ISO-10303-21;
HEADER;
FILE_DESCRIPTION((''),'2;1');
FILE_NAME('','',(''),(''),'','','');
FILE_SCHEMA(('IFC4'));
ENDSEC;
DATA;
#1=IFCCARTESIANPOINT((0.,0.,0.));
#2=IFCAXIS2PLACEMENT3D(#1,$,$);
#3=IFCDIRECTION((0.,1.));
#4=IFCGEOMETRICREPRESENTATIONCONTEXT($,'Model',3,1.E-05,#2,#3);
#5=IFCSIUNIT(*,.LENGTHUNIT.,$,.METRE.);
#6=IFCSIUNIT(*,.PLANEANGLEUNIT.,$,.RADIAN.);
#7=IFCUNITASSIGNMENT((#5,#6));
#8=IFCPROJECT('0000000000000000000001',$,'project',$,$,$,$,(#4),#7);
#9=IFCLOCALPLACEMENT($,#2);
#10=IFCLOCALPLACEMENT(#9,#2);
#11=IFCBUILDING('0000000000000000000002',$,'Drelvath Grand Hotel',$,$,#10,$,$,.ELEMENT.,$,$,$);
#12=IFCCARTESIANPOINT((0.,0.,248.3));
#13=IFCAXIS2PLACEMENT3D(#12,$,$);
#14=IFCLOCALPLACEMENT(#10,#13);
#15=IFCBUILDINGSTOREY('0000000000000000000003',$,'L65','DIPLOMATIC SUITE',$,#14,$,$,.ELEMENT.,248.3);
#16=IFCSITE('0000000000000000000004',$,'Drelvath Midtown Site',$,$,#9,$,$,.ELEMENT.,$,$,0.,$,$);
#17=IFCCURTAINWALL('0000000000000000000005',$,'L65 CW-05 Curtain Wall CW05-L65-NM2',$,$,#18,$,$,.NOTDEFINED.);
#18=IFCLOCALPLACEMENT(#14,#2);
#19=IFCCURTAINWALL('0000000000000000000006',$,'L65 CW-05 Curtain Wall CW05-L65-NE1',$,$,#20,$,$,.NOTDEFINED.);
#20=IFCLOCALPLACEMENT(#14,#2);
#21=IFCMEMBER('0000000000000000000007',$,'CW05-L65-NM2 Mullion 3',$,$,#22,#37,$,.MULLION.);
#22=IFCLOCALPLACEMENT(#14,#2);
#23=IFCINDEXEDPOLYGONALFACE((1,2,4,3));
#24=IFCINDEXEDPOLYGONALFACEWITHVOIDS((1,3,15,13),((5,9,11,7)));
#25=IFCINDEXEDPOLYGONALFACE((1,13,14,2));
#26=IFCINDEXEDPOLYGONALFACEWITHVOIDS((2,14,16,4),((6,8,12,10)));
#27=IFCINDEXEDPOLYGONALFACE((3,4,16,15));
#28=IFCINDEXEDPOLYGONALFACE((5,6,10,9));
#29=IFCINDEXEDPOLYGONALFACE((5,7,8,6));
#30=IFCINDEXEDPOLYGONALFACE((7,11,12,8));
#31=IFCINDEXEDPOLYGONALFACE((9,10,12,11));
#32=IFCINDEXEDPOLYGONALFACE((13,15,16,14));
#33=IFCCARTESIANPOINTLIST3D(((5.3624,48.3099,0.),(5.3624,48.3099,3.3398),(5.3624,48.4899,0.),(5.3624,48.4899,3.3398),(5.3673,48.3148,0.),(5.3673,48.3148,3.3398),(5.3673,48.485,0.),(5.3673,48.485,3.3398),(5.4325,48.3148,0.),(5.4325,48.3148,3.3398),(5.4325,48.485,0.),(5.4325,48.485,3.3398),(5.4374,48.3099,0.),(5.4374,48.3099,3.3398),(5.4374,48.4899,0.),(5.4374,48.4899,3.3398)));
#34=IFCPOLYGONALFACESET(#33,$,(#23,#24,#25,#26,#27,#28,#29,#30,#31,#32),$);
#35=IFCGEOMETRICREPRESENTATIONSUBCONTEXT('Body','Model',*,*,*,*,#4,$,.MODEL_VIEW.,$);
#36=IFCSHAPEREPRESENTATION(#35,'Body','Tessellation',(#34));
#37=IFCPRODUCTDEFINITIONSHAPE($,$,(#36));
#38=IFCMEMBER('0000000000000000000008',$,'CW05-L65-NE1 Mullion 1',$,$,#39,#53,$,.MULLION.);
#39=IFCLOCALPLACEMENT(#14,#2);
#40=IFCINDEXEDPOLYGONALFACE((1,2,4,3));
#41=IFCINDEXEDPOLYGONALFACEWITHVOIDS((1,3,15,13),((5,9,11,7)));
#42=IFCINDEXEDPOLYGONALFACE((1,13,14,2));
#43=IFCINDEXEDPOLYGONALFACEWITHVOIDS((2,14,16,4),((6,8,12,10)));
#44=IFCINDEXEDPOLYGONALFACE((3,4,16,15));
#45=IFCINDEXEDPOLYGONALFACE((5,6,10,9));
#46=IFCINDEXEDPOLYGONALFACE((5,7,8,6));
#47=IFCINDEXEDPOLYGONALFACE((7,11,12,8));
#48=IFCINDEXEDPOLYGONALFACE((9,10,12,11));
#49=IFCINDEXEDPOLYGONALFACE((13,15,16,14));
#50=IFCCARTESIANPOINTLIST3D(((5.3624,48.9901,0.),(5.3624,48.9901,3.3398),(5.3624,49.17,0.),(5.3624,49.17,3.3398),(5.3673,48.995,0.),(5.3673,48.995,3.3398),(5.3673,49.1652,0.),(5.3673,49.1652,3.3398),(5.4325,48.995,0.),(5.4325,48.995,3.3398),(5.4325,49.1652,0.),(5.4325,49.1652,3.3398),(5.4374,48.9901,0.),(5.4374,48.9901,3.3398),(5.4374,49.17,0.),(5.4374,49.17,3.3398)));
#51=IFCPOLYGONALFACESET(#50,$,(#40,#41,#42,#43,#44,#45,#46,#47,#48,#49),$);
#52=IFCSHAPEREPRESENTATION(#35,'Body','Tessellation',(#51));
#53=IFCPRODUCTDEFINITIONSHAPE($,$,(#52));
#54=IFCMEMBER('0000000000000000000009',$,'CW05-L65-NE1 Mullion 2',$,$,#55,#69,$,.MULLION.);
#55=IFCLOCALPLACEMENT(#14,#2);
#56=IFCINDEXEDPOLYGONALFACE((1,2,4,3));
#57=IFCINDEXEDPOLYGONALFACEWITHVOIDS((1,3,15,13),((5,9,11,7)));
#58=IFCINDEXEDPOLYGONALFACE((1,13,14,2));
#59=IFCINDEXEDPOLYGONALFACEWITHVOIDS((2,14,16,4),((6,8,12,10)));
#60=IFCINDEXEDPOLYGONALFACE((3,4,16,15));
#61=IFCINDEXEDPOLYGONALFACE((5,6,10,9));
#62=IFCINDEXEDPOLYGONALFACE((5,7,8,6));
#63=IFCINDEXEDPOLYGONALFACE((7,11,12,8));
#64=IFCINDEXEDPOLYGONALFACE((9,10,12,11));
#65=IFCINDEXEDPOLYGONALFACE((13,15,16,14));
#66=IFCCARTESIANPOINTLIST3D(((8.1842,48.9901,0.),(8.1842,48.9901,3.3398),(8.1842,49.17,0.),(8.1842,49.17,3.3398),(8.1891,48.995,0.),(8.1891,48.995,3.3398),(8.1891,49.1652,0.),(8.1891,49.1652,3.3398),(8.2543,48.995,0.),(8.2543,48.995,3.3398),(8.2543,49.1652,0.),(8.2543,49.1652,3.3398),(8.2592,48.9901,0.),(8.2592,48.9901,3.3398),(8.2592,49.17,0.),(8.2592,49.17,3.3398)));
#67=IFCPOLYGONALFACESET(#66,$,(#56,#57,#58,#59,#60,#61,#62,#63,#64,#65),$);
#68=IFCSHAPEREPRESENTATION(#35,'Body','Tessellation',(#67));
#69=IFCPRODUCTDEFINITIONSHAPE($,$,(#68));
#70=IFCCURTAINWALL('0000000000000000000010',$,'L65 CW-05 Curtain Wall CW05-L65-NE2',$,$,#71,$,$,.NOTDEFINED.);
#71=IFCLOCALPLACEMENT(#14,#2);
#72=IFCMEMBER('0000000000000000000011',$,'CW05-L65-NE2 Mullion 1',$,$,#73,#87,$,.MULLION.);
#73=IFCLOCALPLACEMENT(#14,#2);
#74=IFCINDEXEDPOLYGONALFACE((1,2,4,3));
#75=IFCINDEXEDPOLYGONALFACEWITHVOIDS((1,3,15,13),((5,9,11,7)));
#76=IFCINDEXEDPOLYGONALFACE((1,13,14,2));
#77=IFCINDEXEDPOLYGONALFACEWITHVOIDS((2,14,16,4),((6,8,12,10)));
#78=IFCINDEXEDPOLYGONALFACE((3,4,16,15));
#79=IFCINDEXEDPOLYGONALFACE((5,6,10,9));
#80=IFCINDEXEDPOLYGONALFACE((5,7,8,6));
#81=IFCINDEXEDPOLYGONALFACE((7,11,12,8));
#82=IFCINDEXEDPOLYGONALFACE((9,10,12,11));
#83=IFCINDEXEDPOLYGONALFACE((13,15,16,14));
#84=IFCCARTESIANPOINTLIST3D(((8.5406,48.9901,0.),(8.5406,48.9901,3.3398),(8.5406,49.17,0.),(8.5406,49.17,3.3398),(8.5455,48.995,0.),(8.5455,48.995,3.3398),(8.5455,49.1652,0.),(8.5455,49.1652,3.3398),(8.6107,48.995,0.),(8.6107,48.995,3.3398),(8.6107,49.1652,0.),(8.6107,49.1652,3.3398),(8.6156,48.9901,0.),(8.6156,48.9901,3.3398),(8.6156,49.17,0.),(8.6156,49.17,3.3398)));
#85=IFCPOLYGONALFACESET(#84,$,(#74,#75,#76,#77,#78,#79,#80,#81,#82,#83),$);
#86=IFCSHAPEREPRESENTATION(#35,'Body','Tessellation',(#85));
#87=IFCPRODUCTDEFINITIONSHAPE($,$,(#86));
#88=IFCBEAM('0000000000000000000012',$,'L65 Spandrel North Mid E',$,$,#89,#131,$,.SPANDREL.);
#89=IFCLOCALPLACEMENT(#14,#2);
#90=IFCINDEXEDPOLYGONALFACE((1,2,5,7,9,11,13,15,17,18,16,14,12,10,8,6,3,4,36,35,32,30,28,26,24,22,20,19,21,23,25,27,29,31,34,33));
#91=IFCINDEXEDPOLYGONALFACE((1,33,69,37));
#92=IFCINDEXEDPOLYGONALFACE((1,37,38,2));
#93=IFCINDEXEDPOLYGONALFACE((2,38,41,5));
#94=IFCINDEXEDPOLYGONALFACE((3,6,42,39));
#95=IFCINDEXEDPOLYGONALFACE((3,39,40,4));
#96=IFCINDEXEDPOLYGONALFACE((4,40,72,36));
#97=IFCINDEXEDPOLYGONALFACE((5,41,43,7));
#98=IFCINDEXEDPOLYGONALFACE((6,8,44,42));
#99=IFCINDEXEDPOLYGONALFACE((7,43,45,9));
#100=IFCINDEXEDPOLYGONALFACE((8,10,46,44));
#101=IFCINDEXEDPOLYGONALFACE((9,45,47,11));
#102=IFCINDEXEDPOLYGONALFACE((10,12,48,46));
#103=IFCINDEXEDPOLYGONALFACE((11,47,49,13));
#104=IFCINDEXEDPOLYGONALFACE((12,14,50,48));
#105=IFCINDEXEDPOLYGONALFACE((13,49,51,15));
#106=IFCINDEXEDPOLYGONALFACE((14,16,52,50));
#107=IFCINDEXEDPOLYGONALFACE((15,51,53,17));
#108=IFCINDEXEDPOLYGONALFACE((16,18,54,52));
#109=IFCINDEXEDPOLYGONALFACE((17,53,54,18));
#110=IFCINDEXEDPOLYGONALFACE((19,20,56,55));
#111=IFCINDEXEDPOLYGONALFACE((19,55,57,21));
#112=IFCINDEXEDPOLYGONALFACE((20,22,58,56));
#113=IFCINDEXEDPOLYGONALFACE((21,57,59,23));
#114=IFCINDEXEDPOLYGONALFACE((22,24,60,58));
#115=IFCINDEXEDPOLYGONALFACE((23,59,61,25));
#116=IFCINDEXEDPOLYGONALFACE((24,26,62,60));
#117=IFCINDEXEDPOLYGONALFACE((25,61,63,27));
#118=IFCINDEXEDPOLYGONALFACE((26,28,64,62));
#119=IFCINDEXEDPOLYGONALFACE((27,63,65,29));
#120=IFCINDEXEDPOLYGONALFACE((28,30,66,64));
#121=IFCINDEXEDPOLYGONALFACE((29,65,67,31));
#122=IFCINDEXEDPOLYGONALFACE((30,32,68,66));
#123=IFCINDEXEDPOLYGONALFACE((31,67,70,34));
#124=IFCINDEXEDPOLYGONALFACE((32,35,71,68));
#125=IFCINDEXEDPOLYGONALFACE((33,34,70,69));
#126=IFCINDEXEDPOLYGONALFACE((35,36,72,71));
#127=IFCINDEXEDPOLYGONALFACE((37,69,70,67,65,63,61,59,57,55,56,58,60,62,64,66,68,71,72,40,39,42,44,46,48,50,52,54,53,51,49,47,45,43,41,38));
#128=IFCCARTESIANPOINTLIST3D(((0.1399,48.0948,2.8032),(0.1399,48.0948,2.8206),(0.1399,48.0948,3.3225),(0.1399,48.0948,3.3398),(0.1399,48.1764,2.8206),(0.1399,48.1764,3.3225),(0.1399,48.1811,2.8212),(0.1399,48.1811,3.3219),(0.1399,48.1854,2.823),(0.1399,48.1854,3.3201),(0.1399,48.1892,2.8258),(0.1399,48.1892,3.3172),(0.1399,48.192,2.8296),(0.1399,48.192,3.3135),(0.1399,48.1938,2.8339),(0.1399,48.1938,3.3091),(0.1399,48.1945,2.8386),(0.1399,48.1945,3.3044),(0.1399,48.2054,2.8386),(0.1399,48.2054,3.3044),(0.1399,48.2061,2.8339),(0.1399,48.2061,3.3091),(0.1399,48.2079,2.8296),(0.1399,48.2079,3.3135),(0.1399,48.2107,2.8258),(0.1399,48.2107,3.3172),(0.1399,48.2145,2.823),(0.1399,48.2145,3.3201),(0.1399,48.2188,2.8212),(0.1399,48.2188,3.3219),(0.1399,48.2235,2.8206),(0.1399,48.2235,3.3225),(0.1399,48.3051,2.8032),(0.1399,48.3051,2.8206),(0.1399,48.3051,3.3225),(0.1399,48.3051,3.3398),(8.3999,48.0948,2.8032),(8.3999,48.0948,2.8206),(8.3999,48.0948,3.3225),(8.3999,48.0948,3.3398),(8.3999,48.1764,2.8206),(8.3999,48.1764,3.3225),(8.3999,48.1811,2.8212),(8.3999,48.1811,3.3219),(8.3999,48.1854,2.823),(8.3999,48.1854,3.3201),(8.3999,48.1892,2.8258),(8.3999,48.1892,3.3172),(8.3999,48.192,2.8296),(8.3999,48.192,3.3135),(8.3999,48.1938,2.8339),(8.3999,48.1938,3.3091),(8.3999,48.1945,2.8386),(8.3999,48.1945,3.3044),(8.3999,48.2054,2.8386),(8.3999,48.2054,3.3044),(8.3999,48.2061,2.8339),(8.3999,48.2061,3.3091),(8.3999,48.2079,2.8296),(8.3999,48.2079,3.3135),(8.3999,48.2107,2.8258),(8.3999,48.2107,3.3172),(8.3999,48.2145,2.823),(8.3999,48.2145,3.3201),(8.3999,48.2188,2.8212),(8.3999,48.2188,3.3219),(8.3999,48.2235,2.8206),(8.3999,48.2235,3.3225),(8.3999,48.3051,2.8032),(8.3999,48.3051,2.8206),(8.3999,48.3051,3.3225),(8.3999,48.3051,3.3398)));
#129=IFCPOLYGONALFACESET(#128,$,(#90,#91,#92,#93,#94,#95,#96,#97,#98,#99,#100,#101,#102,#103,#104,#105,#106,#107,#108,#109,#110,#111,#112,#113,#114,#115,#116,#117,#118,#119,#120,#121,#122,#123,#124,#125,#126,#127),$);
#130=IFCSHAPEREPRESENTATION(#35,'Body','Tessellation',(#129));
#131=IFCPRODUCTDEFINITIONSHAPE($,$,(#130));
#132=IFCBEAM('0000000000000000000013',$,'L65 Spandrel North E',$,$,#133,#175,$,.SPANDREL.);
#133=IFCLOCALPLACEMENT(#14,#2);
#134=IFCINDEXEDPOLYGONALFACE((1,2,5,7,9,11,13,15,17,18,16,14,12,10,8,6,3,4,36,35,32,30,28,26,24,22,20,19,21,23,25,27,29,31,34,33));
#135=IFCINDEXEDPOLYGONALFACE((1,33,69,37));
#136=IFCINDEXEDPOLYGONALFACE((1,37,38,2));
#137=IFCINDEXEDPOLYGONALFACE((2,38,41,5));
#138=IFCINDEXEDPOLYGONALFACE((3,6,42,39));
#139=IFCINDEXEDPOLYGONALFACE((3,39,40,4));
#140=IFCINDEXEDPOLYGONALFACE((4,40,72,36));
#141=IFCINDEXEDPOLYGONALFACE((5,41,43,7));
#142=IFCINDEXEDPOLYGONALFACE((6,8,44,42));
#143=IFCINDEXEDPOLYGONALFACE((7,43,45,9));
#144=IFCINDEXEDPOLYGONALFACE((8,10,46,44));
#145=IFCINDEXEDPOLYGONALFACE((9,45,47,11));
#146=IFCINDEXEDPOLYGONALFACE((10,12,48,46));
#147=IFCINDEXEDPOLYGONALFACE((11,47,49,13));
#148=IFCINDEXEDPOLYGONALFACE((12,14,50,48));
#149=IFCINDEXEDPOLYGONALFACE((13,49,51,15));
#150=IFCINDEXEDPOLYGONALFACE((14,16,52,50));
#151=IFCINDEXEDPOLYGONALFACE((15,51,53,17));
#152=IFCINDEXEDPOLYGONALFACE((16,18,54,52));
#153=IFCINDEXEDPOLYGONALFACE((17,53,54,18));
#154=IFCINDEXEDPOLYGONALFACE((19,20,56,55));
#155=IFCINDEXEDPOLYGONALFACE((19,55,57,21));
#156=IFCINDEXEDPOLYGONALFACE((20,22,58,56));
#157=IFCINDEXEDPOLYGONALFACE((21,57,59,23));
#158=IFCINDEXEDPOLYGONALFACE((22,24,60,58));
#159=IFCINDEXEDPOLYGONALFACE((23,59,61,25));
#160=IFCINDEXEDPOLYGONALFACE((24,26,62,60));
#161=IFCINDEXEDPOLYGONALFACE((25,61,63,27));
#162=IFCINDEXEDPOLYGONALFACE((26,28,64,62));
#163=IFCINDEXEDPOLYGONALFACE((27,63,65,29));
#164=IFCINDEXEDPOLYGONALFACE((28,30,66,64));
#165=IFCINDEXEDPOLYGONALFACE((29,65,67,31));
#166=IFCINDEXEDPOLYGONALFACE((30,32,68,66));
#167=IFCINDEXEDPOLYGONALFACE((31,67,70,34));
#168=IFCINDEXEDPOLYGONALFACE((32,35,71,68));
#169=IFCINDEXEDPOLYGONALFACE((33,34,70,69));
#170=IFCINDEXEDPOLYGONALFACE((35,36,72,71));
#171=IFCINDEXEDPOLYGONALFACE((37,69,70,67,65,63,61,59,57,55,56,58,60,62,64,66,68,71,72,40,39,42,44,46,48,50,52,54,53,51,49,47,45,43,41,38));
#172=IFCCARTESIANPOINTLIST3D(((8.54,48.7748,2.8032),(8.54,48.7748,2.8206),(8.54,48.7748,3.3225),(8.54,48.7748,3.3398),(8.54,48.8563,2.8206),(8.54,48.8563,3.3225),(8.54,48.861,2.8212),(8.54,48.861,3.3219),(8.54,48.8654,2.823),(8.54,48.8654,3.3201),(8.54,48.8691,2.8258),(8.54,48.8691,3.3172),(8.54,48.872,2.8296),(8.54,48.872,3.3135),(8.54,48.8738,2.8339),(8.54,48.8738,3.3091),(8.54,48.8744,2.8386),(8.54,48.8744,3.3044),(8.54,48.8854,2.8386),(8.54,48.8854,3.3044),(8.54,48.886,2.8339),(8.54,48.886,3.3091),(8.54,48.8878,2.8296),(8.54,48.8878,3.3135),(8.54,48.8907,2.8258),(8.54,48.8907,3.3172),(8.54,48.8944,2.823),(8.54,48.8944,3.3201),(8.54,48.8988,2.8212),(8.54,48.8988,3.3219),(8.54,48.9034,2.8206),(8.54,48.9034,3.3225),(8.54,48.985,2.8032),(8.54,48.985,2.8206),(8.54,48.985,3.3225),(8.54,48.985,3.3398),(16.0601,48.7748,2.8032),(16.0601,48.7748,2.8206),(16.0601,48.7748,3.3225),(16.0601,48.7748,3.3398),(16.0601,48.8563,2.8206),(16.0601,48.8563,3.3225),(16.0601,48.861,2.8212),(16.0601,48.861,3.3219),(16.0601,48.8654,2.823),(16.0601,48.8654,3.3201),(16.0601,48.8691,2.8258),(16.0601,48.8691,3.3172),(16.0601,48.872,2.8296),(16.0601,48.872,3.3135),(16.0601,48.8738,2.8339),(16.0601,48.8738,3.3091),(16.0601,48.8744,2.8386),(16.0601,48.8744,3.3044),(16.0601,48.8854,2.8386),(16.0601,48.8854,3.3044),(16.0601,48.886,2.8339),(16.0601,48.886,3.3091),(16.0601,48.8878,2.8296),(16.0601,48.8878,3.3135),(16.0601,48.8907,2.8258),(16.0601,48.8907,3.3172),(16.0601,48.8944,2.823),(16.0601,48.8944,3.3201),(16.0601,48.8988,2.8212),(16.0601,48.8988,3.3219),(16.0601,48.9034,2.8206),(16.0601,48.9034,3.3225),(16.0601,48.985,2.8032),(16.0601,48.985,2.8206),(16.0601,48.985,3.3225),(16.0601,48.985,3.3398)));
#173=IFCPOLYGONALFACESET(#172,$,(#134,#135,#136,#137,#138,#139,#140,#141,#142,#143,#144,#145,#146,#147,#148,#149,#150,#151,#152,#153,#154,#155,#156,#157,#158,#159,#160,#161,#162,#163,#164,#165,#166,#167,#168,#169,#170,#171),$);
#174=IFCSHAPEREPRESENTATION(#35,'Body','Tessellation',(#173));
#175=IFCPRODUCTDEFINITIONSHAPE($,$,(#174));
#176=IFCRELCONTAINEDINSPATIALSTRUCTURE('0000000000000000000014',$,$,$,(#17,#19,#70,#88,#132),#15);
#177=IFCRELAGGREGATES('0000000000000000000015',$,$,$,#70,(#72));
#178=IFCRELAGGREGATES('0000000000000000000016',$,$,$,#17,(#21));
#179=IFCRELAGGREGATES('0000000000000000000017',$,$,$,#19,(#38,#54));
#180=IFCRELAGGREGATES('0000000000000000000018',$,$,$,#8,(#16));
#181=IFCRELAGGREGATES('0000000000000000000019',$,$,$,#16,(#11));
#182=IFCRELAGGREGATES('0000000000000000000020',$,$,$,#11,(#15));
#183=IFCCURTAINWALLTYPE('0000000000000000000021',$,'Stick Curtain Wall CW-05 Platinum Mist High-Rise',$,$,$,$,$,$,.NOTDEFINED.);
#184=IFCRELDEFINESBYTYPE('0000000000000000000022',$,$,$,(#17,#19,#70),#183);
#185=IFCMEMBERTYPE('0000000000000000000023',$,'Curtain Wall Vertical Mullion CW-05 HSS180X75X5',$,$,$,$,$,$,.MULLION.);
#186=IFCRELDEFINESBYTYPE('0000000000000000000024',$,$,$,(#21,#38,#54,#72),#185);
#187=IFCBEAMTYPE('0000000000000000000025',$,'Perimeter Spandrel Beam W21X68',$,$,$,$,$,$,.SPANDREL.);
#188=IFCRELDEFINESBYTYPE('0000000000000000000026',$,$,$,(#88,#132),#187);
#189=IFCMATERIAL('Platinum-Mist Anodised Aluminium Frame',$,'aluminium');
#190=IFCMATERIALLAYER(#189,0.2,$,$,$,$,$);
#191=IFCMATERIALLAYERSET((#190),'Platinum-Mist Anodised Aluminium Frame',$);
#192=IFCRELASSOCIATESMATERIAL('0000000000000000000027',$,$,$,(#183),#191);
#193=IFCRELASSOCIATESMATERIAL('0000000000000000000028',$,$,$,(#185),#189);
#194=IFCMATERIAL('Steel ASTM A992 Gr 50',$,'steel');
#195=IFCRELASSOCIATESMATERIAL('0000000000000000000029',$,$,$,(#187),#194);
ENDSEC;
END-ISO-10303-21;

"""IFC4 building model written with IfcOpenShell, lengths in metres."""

from ifc_helpers import new_model, si_unit, direction, frame, origin, origin_2d, place, context, subcontext, project, spatial, hollow_rectangle, i_section, extrude, material, layer, layer_set, material_profile, profile_set, type_object, element, aggregate, save


model = new_model("IFC4")

# Units and contexts
model_context = context("Model", 3, precision=1e-05, world=origin(), true_north=direction((0.0, 1.0)))
body_context = subcontext(model_context, "Body", "Model", "MODEL_VIEW")
ifc_project = project(units=[si_unit("LENGTHUNIT", "METRE"), si_unit("PLANEANGLEUNIT", "RADIAN")], contexts=[model_context])

# Site, building, storey
site_placement = place(None, origin())
site = spatial("IfcSite", under=ifc_project, at=site_placement, Name="Drelvath Midtown Site", CompositionType="ELEMENT", RefElevation=0.0)
building_placement = place(site_placement, origin())
building = spatial("IfcBuilding", under=site, at=building_placement, Name="Drelvath Grand Hotel", CompositionType="ELEMENT")
storey_placement = place(building_placement, frame((0.0, 0.0, 248.3)))
storey = spatial("IfcBuildingStorey", under=building, at=storey_placement, Name="L65", Description="DIPLOMATIC SUITE", CompositionType="ELEMENT", Elevation=248.3)

# Curtain walls
ifc_material_1 = material(Name="Platinum-Mist Anodised Aluminium Frame", Category="aluminium")
ifc_layer_1 = layer(ifc_material_1, 0.2)
ifc_layer_set_1 = layer_set([ifc_layer_1], Name="Platinum-Mist Anodised Aluminium Frame")
curtain_wall_type = type_object("IfcCurtainWallType", Name="Stick Curtain Wall CW-05 Platinum Mist High-Rise", PredefinedType="NOTDEFINED", material=ifc_layer_set_1)
curtain_wall_1_placement = place(storey_placement, origin())
curtain_wall_1 = element("IfcCurtainWall", 1, at=curtain_wall_1_placement, inside=storey, type_object=curtain_wall_type, Name="L65 CW-05 Curtain Wall CW05-L65-NM2", PredefinedType="NOTDEFINED")
curtain_wall_2_placement = place(storey_placement, origin())
curtain_wall_2 = element("IfcCurtainWall", 2, at=curtain_wall_2_placement, inside=storey, type_object=curtain_wall_type, Name="L65 CW-05 Curtain Wall CW05-L65-NE1", PredefinedType="NOTDEFINED")
ifc_material_profile_1 = material_profile(ifc_material_1, hollow_rectangle(XDim=0.075, YDim=0.1799, WallThickness=0.0049, at=origin_2d()), Name="HSS180X75X5")
ifc_profile_set_1 = profile_set([ifc_material_profile_1], Name="Platinum-Mist Anodised Aluminium Frame")
member_type_1 = type_object("IfcMemberType", Name="Curtain Wall Vertical Mullion CW-05 HSS180X75X5", PredefinedType="MULLION", material=ifc_profile_set_1)

# Members
member_1_placement = place(storey_placement, frame((5.3999, 48.3999, 0.0), z_axis=(0.0, 0.0, 1.0), x_axis=(1.0, 0.0, 0.0)))
member_1 = element("IfcMember", 3, at=member_1_placement, type_object=member_type_1, Name="CW05-L65-NM2 Mullion 3", PredefinedType="MULLION", context=body_context, shape_type="SweptSolid", body=[
    extrude(hollow_rectangle(XDim=0.075, YDim=0.1799, WallThickness=0.0049, at=origin_2d()), origin(), (0.0, 0.0, 1.0), 3.3398),
])
member_2_placement = place(storey_placement, frame((5.3999, 49.0801, 0.0), z_axis=(0.0, 0.0, 1.0), x_axis=(1.0, 0.0, 0.0)))
member_2 = element("IfcMember", 4, at=member_2_placement, type_object=member_type_1, Name="CW05-L65-NE1 Mullion 1", PredefinedType="MULLION", context=body_context, shape_type="SweptSolid", body=[
    extrude(hollow_rectangle(XDim=0.075, YDim=0.1799, WallThickness=0.0049, at=origin_2d()), origin(), (0.0, 0.0, 1.0), 3.3398),
])
member_3_placement = place(storey_placement, frame((8.2217, 49.0801, 0.0), z_axis=(0.0, 0.0, 1.0), x_axis=(1.0, 0.0, 0.0)))
member_3 = element("IfcMember", 5, at=member_3_placement, type_object=member_type_1, Name="CW05-L65-NE1 Mullion 2", PredefinedType="MULLION", context=body_context, shape_type="SweptSolid", body=[
    extrude(hollow_rectangle(XDim=0.075, YDim=0.1799, WallThickness=0.0049, at=origin_2d()), origin(), (0.0, 0.0, 1.0), 3.3398),
])

# Curtain wall, member
curtain_wall_3_placement = place(storey_placement, origin())
curtain_wall_3 = element("IfcCurtainWall", 6, at=curtain_wall_3_placement, inside=storey, type_object=curtain_wall_type, Name="L65 CW-05 Curtain Wall CW05-L65-NE2", PredefinedType="NOTDEFINED")
member_4_placement = place(storey_placement, frame((8.5781, 49.0801, 0.0), z_axis=(0.0, 0.0, 1.0), x_axis=(1.0, 0.0, 0.0)))
member_4 = element("IfcMember", 7, at=member_4_placement, type_object=member_type_1, Name="CW05-L65-NE2 Mullion 1", PredefinedType="MULLION", context=body_context, shape_type="SweptSolid", body=[
    extrude(hollow_rectangle(XDim=0.075, YDim=0.1799, WallThickness=0.0049, at=origin_2d()), origin(), (0.0, 0.0, 1.0), 3.3398),
])
aggregate(curtain_wall_3, [member_4])

# Beams
ifc_material_2 = material(Name="Steel ASTM A992 Gr 50", Category="steel")
ifc_material_profile_2 = material_profile(ifc_material_2, i_section(OverallWidth=0.2102, OverallDepth=0.5366, WebThickness=0.011, FlangeThickness=0.0173, FilletRadius=0.0181, at=origin_2d()), Name="W21X68")
ifc_profile_set_2 = profile_set([ifc_material_profile_2], Name="Steel ASTM A992 Gr 50")
beam_type_1 = type_object("IfcBeamType", Name="Perimeter Spandrel Beam W21X68", PredefinedType="SPANDREL", material=ifc_profile_set_2)
beam_1_placement = place(storey_placement, frame((0.1399, 48.2, 3.0715), z_axis=(1.0, 0.0, 0.0), x_axis=(0.0, 1.0, 0.0)))
element("IfcBeam", 8, at=beam_1_placement, inside=storey, type_object=beam_type_1, Name="L65 Spandrel North Mid E", PredefinedType="SPANDREL", context=body_context, shape_type="SweptSolid", body=[
    extrude(i_section(OverallWidth=0.2102, OverallDepth=0.5366, WebThickness=0.011, FlangeThickness=0.0173, FilletRadius=0.0181, at=origin_2d()), origin(), (0.0, 0.0, 1.0), 8.26),
])
beam_2_placement = place(storey_placement, frame((8.54, 48.8799, 3.0715), z_axis=(1.0, 0.0, 0.0), x_axis=(0.0, 1.0, 0.0)))
element("IfcBeam", 9, at=beam_2_placement, inside=storey, type_object=beam_type_1, Name="L65 Spandrel North E", PredefinedType="SPANDREL", context=body_context, shape_type="SweptSolid", body=[
    extrude(i_section(OverallWidth=0.2102, OverallDepth=0.5366, WebThickness=0.011, FlangeThickness=0.0173, FilletRadius=0.0181, at=origin_2d()), origin(), (0.0, 0.0, 1.0), 7.52),
])

aggregate(curtain_wall_1, [member_1])
aggregate(curtain_wall_2, [member_2, member_3])

save(model, "model.ifc")
